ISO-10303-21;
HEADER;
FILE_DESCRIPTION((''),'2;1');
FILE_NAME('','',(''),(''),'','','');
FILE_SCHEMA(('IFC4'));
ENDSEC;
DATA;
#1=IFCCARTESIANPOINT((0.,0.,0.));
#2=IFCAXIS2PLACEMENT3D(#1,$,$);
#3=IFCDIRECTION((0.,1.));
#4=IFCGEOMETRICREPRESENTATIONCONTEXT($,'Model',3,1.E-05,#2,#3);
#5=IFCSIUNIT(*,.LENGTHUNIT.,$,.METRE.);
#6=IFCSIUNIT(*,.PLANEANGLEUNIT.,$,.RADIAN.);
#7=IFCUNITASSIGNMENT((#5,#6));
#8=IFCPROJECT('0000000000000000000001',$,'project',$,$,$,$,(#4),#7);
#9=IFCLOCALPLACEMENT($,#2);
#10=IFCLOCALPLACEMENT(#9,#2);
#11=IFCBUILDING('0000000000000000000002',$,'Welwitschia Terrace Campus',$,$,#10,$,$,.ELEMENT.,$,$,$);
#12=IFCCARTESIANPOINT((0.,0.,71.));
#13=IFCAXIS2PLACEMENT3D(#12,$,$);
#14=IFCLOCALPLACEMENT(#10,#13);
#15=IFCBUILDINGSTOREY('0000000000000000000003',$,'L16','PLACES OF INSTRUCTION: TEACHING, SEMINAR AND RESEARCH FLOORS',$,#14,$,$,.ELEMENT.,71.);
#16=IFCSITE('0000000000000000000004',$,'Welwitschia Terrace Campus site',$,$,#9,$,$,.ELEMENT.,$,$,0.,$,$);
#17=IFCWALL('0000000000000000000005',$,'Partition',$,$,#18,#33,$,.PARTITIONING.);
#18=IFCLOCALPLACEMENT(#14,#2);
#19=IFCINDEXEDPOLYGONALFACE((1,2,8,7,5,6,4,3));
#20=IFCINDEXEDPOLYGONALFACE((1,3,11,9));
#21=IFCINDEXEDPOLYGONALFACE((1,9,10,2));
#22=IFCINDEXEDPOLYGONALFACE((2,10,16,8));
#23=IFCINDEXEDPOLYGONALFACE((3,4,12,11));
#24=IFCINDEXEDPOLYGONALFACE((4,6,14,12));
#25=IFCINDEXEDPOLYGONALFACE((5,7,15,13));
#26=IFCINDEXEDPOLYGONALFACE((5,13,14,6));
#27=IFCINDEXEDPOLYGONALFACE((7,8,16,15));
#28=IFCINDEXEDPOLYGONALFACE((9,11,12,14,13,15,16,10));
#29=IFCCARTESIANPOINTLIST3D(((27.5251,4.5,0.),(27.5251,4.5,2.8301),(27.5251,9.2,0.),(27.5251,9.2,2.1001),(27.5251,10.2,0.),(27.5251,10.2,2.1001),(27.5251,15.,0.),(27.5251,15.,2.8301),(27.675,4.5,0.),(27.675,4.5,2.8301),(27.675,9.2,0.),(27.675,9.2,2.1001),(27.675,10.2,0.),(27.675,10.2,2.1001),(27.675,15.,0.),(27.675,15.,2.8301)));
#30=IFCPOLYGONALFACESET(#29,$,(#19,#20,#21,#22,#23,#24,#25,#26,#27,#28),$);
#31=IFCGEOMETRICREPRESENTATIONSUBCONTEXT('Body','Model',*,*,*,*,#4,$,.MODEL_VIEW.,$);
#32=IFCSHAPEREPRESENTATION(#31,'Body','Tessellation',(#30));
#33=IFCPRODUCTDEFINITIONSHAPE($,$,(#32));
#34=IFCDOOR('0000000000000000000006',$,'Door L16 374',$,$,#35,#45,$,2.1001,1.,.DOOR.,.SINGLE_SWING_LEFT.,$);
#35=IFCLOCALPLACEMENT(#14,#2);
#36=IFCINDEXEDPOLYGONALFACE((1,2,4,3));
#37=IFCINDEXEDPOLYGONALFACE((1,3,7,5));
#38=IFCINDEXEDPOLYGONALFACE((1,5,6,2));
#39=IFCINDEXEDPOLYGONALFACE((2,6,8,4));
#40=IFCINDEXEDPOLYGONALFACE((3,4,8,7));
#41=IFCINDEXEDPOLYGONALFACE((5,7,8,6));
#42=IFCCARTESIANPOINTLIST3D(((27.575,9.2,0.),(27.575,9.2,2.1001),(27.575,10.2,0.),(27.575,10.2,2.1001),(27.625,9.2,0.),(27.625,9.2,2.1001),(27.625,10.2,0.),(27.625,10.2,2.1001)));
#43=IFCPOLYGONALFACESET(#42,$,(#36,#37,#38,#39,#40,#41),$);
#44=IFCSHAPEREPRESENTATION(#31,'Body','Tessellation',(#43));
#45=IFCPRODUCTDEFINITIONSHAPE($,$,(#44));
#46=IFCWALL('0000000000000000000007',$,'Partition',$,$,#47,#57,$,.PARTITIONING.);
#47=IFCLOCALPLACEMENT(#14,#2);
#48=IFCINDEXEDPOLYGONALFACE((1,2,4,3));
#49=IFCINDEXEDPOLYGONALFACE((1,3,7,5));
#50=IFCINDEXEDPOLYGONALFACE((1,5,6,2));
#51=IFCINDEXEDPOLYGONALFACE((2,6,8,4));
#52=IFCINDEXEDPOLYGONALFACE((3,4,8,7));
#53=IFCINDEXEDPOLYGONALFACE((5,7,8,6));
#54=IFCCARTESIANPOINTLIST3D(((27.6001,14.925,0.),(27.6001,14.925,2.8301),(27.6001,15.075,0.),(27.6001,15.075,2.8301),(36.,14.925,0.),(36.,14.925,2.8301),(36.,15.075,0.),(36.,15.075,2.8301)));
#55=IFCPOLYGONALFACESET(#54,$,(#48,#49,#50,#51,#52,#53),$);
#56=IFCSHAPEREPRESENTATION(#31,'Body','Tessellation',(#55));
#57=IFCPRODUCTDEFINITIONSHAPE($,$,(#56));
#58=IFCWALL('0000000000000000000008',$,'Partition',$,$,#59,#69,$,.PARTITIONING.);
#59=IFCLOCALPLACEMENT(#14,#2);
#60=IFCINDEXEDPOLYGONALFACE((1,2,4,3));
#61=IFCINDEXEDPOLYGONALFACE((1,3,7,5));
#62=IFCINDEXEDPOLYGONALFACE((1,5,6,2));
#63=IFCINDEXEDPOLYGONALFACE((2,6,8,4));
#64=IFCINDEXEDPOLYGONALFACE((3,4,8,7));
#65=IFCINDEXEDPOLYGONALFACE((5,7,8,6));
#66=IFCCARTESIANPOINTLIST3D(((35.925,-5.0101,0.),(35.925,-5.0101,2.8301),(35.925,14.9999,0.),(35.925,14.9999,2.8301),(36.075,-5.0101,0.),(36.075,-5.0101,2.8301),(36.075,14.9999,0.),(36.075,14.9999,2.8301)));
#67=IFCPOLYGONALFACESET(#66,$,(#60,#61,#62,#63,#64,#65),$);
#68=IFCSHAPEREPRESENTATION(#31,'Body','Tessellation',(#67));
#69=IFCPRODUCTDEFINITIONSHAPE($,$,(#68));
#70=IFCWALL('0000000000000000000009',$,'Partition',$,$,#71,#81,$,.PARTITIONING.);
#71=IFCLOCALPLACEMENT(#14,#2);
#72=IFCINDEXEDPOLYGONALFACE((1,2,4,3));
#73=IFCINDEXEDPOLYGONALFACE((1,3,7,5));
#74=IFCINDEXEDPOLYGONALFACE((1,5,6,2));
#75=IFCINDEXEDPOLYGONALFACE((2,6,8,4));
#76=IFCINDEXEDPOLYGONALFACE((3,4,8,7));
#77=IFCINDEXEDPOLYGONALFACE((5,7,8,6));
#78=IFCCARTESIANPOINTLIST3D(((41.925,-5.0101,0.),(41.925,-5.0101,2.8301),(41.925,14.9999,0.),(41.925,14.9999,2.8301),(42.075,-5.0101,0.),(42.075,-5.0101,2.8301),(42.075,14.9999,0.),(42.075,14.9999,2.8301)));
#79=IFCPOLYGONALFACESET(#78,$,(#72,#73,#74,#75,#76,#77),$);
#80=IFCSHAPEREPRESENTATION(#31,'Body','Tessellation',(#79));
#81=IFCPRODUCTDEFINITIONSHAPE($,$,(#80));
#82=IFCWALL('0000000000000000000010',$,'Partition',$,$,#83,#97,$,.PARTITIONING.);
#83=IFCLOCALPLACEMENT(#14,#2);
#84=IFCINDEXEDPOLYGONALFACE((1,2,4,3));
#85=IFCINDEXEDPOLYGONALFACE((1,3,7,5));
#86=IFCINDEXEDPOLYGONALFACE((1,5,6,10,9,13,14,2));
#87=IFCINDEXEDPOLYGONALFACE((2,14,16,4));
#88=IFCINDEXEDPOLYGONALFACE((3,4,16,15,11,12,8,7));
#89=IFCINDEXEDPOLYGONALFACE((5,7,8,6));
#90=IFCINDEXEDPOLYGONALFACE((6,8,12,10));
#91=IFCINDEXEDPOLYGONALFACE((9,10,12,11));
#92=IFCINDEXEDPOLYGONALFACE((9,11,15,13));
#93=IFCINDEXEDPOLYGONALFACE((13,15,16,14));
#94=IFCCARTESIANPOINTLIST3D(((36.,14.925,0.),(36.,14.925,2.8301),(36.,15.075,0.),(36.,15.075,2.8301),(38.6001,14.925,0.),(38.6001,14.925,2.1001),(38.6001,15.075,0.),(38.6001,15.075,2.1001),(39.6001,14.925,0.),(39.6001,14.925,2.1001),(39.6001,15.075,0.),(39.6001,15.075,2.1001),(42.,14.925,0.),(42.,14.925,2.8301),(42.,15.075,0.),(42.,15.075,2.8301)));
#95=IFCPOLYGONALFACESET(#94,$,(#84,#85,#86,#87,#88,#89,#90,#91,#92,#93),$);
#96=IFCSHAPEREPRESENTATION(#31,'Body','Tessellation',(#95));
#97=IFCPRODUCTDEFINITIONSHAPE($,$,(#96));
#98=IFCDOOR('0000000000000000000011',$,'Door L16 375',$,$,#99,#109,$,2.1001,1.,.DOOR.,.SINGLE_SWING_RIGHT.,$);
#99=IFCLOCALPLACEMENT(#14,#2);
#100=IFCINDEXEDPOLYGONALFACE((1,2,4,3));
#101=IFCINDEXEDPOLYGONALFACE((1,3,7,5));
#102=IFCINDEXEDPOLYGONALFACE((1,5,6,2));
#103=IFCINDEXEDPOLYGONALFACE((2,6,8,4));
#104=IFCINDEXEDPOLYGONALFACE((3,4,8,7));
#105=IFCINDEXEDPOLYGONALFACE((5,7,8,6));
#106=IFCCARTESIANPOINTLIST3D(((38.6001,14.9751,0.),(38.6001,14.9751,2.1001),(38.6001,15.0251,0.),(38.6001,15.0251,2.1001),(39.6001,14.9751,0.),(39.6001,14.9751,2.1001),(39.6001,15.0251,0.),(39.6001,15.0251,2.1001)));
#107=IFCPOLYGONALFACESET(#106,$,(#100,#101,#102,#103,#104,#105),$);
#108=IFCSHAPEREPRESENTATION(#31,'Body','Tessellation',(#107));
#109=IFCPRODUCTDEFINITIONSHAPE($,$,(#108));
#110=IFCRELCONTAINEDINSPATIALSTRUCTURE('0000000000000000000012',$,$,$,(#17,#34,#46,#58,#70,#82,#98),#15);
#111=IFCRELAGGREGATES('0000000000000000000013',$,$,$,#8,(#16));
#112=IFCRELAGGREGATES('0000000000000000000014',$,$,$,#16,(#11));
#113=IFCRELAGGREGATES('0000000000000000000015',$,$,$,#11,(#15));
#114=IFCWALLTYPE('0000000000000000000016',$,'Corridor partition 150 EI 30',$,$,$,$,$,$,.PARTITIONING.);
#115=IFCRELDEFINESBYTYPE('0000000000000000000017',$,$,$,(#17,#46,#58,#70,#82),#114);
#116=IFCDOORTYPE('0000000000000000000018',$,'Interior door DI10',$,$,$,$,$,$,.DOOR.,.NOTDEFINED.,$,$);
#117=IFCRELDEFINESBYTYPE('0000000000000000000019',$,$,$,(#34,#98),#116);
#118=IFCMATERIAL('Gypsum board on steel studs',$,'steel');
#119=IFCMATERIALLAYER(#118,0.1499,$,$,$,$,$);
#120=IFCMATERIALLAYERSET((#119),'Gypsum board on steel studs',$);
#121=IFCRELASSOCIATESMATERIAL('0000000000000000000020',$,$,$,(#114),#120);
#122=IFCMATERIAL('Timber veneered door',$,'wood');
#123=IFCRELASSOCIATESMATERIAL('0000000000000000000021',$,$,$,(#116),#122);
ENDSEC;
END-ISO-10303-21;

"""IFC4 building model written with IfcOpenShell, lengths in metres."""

from ifc_helpers import new_model, si_unit, direction, frame, frame_2d, origin, place, context, subcontext, project, spatial, rectangle, extrude, material, layer, layer_set, type_object, element, fill, save


model = new_model("IFC4")

# Units and contexts
model_context = context("Model", 3, precision=1e-05, world=origin(), true_north=direction((0.0, 1.0)))
body_context = subcontext(model_context, "Body", "Model", "MODEL_VIEW")
ifc_project = project(units=[si_unit("LENGTHUNIT", "METRE"), si_unit("PLANEANGLEUNIT", "RADIAN")], contexts=[model_context])

# Site, building, storey
site_placement = place(None, origin())
site = spatial("IfcSite", under=ifc_project, at=site_placement, Name="Welwitschia Terrace Campus site", CompositionType="ELEMENT", RefElevation=0.0)
building_placement = place(site_placement, origin())
building = spatial("IfcBuilding", under=site, at=building_placement, Name="Welwitschia Terrace Campus", CompositionType="ELEMENT")
storey_placement = place(building_placement, frame((0.0, 0.0, 71.0)))
storey = spatial("IfcBuildingStorey", under=building, at=storey_placement, Name="L16", Description="PLACES OF INSTRUCTION: TEACHING, SEMINAR AND RESEARCH FLOORS", CompositionType="ELEMENT", Elevation=71.0)

# Shared definitions
ifc_material_1 = material(Name="Gypsum board on steel studs", Category="steel")
ifc_layer_1 = layer(ifc_material_1, 0.1499)
ifc_layer_set_1 = layer_set([ifc_layer_1], Name="Gypsum board on steel studs")
wall_type = type_object("IfcWallType", Name="Corridor partition 150 EI 30", PredefinedType="PARTITIONING", material=ifc_layer_set_1)

# Wall, opening, door
wall_1_placement = place(storey_placement, frame((27.6001, 15.0, 0.0), z_axis=(0.0, 0.0, 1.0), x_axis=(0.0, -1.0, 0.0)))
wall_1 = element("IfcWall", 1, at=wall_1_placement, inside=storey, type_object=wall_type, Name="Partition", PredefinedType="PARTITIONING", context=body_context, shape_type="SweptSolid", body=[
    extrude(rectangle(XDim=10.5, YDim=0.1499, at=frame_2d((5.25, 0.0))), origin(), (0.0, 0.0, 1.0), 2.8301),
])
opening_1_placement = place(wall_1_placement, frame((4.8, 0.0, 0.0)))
opening_1 = element("IfcOpeningElement", 2, at=opening_1_placement, cuts=wall_1, PredefinedType="OPENING", context=body_context, shape_type="SweptSolid", body=[
    extrude(rectangle(XDim=1.0, YDim=2.1001, at=frame_2d((0.5, 1.05))), frame((0.0, 0.085, 0.0), z_axis=(0.0, -1.0, 0.0), x_axis=(1.0, 0.0, 0.0)), (0.0, 0.0, 1.0), 0.1699),
])
ifc_material_2 = material(Name="Timber veneered door", Category="wood")
door_type = type_object("IfcDoorType", Name="Interior door DI10", OperationType="NOTDEFINED", PredefinedType="DOOR", material=ifc_material_2)
door_1_placement = place(opening_1_placement, origin())
door_1 = element("IfcDoor", 3, at=door_1_placement, inside=storey, type_object=door_type, Name="Door L16 374", OperationType="SINGLE_SWING_LEFT", OverallHeight=2.1001, OverallWidth=1.0, PredefinedType="DOOR", context=body_context, shape_type="SweptSolid", body=[
    extrude(rectangle(XDim=1.0, YDim=2.1001, at=frame_2d((0.5, 1.05))), frame((0.0, 0.0249, 0.0), z_axis=(0.0, -1.0, 0.0), x_axis=(1.0, 0.0, 0.0)), (0.0, 0.0, 1.0), 0.05),
])
fill(opening_1, door_1)

# Walls
wall_2_placement = place(storey_placement, frame((27.6001, 15.0, 0.0), z_axis=(0.0, 0.0, 1.0), x_axis=(1.0, 0.0, 0.0)))
element("IfcWall", 4, at=wall_2_placement, inside=storey, type_object=wall_type, Name="Partition", PredefinedType="PARTITIONING", context=body_context, shape_type="SweptSolid", body=[
    extrude(rectangle(XDim=8.3999, YDim=0.1499, at=frame_2d((4.2, 0.0))), origin(), (0.0, 0.0, 1.0), 2.8301),
])
for number, where, z_axis, x_axis, name in (
    (5, (36.0, -5.01, 0.0), (0.0, 0.0, 1.0), (0.0, 1.0, 0.0), "Partition"),
    (6, (42.0, -5.01, 0.0), (0.0, 0.0, 1.0), (0.0, 1.0, 0.0), "Partition"),
):
    element("IfcWall", number, at=place(storey_placement, frame(where, z_axis=z_axis, x_axis=x_axis)), inside=storey, type_object=wall_type, Name=name, PredefinedType="PARTITIONING", context=body_context, shape_type="SweptSolid", body=[
        extrude(rectangle(XDim=20.01, YDim=0.1499, at=frame_2d((10.0049, 0.0))), origin(), (0.0, 0.0, 1.0), 2.8301),
    ])

# Wall, opening, door
wall_3_placement = place(storey_placement, frame((42.0, 15.0, 0.0), z_axis=(0.0, 0.0, 1.0), x_axis=(-1.0, 0.0, 0.0)))
wall_3 = element("IfcWall", 7, at=wall_3_placement, inside=storey, type_object=wall_type, Name="Partition", PredefinedType="PARTITIONING", context=body_context, shape_type="SweptSolid", body=[
    extrude(rectangle(XDim=6.0, YDim=0.1499, at=frame_2d((3.0, 0.0))), origin(), (0.0, 0.0, 1.0), 2.8301),
])
opening_2_placement = place(wall_3_placement, frame((2.3999, 0.0, 0.0)))
opening_2 = element("IfcOpeningElement", 8, at=opening_2_placement, cuts=wall_3, PredefinedType="OPENING", context=body_context, shape_type="SweptSolid", body=[
    extrude(rectangle(XDim=1.0, YDim=2.1001, at=frame_2d((0.5, 1.05))), frame((0.0, 0.085, 0.0), z_axis=(0.0, -1.0, 0.0), x_axis=(1.0, 0.0, 0.0)), (0.0, 0.0, 1.0), 0.1699),
])
door_2_placement = place(opening_2_placement, origin())
door_2 = element("IfcDoor", 9, at=door_2_placement, inside=storey, type_object=door_type, Name="Door L16 375", OperationType="SINGLE_SWING_RIGHT", OverallHeight=2.1001, OverallWidth=1.0, PredefinedType="DOOR", context=body_context, shape_type="SweptSolid", body=[
    extrude(rectangle(XDim=1.0, YDim=2.1001, at=frame_2d((0.5, 1.05))), frame((0.0, 0.0249, 0.0), z_axis=(0.0, -1.0, 0.0), x_axis=(1.0, 0.0, 0.0)), (0.0, 0.0, 1.0), 0.05),
])
fill(opening_2, door_2)

save(model, "model.ifc")
